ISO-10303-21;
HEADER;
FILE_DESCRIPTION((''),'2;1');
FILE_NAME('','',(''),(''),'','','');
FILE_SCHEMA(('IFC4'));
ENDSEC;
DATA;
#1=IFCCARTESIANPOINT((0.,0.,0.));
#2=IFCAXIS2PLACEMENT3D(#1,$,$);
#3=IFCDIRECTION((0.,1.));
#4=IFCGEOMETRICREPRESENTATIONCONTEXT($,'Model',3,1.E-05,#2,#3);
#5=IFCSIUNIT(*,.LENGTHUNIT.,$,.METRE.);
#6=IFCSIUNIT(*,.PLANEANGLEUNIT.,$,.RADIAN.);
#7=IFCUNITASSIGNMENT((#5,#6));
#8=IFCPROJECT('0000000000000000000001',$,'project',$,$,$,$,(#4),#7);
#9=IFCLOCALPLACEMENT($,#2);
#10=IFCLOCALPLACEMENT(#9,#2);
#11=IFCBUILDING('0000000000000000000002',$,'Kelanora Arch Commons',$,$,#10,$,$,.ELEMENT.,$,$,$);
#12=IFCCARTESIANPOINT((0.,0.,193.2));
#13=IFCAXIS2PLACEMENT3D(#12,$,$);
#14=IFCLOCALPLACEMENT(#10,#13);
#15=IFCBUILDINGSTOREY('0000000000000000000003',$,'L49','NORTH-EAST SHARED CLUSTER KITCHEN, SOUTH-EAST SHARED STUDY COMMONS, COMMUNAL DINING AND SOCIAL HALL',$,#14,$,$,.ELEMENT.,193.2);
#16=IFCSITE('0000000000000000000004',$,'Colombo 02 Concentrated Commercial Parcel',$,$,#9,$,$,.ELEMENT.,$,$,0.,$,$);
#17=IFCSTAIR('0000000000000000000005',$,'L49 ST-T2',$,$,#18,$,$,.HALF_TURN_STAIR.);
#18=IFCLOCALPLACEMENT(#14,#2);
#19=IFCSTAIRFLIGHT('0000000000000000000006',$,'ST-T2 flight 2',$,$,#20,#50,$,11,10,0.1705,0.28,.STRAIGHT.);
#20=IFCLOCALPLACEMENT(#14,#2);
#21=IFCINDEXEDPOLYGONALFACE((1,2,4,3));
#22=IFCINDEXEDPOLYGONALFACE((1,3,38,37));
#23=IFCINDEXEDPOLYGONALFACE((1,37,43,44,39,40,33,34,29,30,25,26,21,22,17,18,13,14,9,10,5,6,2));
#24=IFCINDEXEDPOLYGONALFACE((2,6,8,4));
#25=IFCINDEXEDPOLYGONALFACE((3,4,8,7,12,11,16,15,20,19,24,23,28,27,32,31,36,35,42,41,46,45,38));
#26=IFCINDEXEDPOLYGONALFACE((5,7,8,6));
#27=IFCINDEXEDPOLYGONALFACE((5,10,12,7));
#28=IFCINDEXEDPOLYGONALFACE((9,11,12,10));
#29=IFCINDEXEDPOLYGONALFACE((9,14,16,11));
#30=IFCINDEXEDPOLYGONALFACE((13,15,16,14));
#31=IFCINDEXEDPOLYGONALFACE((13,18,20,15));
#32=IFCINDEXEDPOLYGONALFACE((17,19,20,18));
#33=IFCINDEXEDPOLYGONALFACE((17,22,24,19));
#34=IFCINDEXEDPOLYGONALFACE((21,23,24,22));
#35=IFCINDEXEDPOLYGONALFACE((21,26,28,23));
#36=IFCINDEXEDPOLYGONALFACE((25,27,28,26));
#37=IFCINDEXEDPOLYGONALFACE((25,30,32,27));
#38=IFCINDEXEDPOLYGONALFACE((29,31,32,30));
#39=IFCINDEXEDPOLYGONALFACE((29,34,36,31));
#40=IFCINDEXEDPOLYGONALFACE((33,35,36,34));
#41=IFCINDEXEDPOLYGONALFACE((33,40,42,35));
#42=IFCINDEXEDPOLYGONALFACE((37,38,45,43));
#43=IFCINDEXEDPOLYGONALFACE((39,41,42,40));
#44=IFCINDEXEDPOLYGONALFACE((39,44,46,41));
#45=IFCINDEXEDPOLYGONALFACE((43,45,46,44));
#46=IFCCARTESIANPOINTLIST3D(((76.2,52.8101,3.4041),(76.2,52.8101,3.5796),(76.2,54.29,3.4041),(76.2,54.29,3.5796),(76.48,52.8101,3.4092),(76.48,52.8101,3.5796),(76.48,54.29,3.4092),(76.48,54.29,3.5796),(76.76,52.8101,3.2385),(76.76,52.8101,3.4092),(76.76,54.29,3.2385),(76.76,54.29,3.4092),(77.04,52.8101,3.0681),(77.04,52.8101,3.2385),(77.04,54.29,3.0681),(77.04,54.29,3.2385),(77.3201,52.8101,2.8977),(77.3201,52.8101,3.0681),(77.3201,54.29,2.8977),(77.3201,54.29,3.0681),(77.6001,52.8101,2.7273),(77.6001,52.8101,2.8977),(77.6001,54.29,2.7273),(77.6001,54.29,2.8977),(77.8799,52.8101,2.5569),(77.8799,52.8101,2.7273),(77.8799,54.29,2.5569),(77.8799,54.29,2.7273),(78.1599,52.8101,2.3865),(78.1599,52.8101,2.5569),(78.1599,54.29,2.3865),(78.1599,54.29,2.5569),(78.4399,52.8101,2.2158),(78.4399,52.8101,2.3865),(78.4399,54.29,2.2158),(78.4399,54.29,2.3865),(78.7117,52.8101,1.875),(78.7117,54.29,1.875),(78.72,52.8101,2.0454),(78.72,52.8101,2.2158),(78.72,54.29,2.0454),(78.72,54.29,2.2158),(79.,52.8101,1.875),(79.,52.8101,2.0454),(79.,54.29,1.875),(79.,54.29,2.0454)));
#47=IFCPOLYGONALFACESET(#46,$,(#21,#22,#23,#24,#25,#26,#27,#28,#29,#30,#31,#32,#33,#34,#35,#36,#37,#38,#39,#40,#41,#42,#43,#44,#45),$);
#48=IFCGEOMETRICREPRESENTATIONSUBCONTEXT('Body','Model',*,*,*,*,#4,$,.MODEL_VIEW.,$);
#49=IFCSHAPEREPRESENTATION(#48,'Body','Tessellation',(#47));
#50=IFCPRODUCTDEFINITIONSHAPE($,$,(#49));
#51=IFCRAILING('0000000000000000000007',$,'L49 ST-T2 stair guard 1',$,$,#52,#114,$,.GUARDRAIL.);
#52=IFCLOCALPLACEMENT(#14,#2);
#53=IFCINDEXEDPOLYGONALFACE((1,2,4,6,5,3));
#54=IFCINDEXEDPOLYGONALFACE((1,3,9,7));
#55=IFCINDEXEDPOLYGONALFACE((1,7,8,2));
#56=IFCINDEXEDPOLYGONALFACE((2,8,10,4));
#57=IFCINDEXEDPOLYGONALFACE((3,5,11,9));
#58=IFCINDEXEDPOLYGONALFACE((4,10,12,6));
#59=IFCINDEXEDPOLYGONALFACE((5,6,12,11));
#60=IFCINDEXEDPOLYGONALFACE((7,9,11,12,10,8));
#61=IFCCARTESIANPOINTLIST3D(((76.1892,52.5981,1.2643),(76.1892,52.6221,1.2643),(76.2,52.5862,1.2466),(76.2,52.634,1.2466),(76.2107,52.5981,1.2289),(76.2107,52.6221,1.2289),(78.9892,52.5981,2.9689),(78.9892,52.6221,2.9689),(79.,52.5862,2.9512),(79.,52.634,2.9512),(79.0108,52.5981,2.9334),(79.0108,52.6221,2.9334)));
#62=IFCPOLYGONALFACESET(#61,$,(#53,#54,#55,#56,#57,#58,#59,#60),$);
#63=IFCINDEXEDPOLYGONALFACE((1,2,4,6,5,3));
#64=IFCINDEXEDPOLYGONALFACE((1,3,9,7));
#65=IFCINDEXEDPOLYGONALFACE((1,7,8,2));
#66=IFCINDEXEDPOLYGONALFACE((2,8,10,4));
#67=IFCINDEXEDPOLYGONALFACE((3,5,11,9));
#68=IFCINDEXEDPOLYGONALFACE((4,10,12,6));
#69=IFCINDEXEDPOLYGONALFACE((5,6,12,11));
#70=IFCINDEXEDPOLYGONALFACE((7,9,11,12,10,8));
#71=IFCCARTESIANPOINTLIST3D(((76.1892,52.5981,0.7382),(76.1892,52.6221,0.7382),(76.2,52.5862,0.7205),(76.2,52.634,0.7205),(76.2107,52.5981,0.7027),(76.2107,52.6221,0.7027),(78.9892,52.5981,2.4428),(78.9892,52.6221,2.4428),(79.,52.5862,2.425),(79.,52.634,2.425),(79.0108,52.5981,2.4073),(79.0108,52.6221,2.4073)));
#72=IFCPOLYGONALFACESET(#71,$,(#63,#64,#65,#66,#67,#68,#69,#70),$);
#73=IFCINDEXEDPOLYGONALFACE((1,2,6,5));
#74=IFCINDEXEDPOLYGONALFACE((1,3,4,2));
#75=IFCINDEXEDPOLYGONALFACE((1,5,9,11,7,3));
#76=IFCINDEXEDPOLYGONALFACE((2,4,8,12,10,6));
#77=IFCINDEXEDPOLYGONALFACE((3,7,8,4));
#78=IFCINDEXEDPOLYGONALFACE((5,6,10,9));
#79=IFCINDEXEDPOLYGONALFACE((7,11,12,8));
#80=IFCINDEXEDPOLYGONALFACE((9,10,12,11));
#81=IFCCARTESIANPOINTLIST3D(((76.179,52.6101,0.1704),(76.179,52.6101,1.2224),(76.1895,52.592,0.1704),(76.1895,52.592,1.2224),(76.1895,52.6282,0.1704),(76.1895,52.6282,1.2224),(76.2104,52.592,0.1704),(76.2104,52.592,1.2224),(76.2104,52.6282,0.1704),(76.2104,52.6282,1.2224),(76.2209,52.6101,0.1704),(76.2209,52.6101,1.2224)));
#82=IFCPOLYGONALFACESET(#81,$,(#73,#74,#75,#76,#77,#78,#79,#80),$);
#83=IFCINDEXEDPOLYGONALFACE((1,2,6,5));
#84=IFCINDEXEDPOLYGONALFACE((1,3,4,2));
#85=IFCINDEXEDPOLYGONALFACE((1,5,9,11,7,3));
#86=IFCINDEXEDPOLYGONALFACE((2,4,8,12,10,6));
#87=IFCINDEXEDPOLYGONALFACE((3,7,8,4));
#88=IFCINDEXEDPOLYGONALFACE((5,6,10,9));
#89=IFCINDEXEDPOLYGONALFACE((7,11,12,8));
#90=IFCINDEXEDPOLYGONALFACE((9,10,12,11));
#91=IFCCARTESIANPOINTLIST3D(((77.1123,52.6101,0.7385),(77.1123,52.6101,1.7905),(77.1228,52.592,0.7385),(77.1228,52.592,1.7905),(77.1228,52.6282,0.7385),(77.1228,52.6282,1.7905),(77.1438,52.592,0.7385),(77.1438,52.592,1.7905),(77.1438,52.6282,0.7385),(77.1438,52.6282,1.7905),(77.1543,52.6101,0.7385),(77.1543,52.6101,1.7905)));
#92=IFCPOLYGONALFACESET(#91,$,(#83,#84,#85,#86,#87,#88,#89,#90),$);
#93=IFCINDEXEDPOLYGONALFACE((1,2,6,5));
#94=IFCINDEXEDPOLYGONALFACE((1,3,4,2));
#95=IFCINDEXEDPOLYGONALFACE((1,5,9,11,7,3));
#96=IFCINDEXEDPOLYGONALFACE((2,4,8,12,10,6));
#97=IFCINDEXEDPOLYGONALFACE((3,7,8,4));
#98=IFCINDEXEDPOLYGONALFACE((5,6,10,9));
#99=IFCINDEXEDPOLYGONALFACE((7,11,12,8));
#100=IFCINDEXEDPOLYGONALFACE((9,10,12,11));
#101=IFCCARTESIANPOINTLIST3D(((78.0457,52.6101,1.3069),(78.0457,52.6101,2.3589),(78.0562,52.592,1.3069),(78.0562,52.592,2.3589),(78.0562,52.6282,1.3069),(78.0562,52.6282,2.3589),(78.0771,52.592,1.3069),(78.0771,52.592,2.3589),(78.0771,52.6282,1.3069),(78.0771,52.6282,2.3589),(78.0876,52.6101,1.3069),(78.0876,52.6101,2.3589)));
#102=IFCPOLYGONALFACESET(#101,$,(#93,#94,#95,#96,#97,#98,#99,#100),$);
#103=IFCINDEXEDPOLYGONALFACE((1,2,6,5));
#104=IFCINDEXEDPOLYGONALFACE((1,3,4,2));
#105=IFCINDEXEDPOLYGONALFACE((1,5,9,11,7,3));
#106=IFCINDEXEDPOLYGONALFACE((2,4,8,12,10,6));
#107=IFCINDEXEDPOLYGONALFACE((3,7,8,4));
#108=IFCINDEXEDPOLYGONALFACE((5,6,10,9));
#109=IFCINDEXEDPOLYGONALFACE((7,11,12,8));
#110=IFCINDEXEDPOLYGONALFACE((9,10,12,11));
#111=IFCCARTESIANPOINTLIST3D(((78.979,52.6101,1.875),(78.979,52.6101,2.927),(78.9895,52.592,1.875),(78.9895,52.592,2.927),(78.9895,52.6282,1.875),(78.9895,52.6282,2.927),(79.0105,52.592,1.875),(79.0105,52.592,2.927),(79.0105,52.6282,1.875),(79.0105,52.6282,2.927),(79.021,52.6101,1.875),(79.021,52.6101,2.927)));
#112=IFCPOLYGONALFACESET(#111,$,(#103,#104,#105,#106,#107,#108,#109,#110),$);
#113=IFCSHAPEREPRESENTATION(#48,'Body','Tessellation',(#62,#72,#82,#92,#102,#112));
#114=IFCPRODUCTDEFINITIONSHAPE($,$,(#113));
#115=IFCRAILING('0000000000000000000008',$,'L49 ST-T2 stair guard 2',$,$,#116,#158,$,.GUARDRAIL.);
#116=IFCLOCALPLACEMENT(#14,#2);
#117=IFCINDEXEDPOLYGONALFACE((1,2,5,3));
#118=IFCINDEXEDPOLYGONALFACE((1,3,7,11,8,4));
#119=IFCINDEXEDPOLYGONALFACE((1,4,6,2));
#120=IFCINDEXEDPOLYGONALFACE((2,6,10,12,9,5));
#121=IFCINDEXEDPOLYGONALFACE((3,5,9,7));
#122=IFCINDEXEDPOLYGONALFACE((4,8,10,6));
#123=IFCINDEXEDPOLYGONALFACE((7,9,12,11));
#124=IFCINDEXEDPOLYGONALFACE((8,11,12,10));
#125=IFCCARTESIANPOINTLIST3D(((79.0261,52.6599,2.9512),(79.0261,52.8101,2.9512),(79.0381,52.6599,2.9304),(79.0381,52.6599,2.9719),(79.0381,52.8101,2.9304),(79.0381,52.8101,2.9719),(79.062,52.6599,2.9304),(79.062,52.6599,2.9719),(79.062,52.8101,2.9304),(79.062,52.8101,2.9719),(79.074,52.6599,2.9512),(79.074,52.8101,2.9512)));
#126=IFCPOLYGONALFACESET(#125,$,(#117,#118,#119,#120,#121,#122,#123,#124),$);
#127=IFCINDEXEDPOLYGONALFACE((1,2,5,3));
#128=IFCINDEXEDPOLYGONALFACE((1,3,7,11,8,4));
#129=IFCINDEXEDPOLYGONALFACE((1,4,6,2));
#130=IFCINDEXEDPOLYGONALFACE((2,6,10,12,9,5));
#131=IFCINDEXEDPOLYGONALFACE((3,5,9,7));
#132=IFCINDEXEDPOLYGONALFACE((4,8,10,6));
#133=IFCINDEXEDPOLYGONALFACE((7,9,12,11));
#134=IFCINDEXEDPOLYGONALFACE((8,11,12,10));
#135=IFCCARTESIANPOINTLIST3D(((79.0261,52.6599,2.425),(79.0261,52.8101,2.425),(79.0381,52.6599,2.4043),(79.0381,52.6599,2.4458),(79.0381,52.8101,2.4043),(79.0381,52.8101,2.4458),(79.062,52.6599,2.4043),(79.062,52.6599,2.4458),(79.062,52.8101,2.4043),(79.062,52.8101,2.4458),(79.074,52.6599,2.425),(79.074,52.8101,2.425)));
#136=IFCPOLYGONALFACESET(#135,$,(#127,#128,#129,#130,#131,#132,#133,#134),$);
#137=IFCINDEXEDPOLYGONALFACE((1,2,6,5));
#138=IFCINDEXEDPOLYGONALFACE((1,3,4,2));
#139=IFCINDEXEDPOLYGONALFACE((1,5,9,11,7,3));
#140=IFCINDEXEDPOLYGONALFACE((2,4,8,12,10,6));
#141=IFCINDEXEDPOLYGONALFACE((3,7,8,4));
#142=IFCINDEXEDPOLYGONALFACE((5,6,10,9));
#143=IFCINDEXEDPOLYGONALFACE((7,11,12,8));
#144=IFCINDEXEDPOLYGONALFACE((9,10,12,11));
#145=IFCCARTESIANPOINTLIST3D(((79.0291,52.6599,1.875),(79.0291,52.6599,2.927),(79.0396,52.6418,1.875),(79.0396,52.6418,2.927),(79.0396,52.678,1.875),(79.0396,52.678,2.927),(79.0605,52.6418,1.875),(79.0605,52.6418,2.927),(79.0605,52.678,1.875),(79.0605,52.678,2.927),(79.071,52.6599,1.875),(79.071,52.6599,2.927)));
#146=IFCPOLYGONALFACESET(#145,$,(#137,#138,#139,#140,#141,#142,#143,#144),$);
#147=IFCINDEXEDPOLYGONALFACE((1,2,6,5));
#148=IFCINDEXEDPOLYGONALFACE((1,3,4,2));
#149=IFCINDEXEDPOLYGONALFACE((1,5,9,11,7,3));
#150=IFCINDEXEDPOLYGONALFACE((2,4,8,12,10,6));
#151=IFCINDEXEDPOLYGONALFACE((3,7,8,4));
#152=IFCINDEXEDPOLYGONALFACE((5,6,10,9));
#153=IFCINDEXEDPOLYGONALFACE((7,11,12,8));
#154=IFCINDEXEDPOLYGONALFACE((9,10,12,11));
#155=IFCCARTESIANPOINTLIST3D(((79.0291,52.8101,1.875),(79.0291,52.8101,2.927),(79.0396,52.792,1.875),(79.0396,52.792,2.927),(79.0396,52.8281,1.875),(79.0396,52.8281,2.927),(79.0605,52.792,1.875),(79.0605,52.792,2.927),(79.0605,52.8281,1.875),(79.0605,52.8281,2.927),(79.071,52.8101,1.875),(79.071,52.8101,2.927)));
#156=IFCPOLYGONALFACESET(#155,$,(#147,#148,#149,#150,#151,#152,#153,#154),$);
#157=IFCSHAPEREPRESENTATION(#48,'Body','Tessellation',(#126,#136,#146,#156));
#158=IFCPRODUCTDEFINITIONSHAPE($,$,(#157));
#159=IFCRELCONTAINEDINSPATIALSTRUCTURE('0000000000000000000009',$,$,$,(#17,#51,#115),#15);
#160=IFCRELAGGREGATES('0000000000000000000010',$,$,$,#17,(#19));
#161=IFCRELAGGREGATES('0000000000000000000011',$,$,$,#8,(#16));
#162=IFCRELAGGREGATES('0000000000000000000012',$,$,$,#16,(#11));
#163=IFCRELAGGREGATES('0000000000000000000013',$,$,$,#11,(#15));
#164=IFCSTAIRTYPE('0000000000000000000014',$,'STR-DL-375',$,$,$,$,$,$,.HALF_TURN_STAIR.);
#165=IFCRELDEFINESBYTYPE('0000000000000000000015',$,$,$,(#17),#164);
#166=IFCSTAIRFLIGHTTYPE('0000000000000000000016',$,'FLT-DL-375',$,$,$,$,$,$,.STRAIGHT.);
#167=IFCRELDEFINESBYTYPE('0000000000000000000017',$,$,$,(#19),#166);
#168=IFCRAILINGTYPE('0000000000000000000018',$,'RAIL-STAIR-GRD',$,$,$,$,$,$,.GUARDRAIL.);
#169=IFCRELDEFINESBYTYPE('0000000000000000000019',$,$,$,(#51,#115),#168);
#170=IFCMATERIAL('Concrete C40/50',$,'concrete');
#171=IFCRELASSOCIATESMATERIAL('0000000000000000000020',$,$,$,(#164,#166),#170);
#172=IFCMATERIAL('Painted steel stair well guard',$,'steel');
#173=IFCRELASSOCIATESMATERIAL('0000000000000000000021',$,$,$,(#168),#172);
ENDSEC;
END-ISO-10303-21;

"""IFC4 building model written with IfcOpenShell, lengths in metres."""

from ifc_helpers import new_model, si_unit, direction, frame, origin, place, context, subcontext, project, spatial, polyline, outline, extrude, material, type_object, element, aggregate, save


model = new_model("IFC4")

# Units and contexts
model_context = context("Model", 3, precision=1e-05, world=origin(), true_north=direction((0.0, 1.0)))
body_context = subcontext(model_context, "Body", "Model", "MODEL_VIEW")
ifc_project = project(units=[si_unit("LENGTHUNIT", "METRE"), si_unit("PLANEANGLEUNIT", "RADIAN")], contexts=[model_context])

# Site, building, storey
site_placement = place(None, origin())
site = spatial("IfcSite", under=ifc_project, at=site_placement, Name="Colombo 02 Concentrated Commercial Parcel", CompositionType="ELEMENT", RefElevation=0.0)
building_placement = place(site_placement, origin())
building = spatial("IfcBuilding", under=site, at=building_placement, Name="Kelanora Arch Commons", CompositionType="ELEMENT")
storey_placement = place(building_placement, frame((0.0, 0.0, 193.2)))
storey = spatial("IfcBuildingStorey", under=building, at=storey_placement, Name="L49", Description="NORTH-EAST SHARED CLUSTER KITCHEN, SOUTH-EAST SHARED STUDY COMMONS, COMMUNAL DINING AND SOCIAL HALL", CompositionType="ELEMENT", Elevation=193.2)

# Shared definitions
ifc_material_1 = material(Name="Concrete C40/50", Category="concrete")

# Stair, stair flight
stair_type = type_object("IfcStairType", Name="STR-DL-375", PredefinedType="HALF_TURN_STAIR", material=ifc_material_1)
stair_placement = place(storey_placement, origin())
stair = element("IfcStair", 1, at=stair_placement, inside=storey, type_object=stair_type, Name="L49 ST-T2", PredefinedType="HALF_TURN_STAIR")
stair_flight_type = type_object("IfcStairFlightType", Name="FLT-DL-375", PredefinedType="STRAIGHT", material=ifc_material_1)
stair_flight_1_placement = place(storey_placement, frame((79.0, 53.55, 1.875), z_axis=(0.0, 0.0, 1.0), x_axis=(-1.0, 0.0, 0.0)))
stair_flight_1 = element("IfcStairFlight", 2, at=stair_flight_1_placement, type_object=stair_flight_type, Name="ST-T2 flight 2", NumberOfRisers=11, NumberOfTreads=10, PredefinedType="STRAIGHT", RiserHeight=0.1705, TreadLength=0.28, context=body_context, shape_type="SweptSolid", body=[
    extrude(outline(polyline([(0.0, 0.0), (0.0, 0.1704), (0.28, 0.1704), (0.28, 0.3408), (0.5601, 0.3408), (0.5601, 0.5115), (0.8401, 0.5115), (0.8401, 0.6819), (1.1201, 0.6819), (1.1201, 0.8523), (1.3999, 0.8523), (1.3999, 1.0227), (1.6799, 1.0227), (1.6799, 1.1931), (1.96, 1.1931), (1.96, 1.3635), (2.24, 1.3635), (2.24, 1.5342), (2.52, 1.5342), (2.52, 1.7046), (2.8, 1.7046), (2.8, 1.875), (2.8, 1.5291), (0.2883, 0.0), (0.0, 0.0)])), frame((0.0, 0.74, 0.0), z_axis=(0.0, -1.0, 0.0), x_axis=(1.0, 0.0, 0.0)), (0.0, 0.0, 1.0), 1.48),
])
aggregate(stair, [stair_flight_1])

# Railings
ifc_material_2 = material(Name="Painted steel stair well guard", Category="steel")
railing_type_1 = type_object("IfcRailingType", Name="RAIL-STAIR-GRD", PredefinedType="GUARDRAIL", material=ifc_material_2)
railing_1_placement = place(storey_placement, frame((76.2, 52.6101, 0.1704)))
element("IfcRailing", 3, at=railing_1_placement, inside=storey, type_object=railing_type_1, Name="L49 ST-T2 stair guard 1", PredefinedType="GUARDRAIL", context=body_context, shape_type="SweptSolid", body=[
    extrude(outline(polyline([(0.0239, 0.0), (0.012, 0.0208), (-0.012, 0.0208), (-0.0239, 0.0), (-0.012, -0.0208), (0.012, -0.0208), (0.0239, 0.0)])), frame((0.0, 0.0, 1.0762), z_axis=(0.85417, 0.0, 0.519994), x_axis=(0.0, 1.0, 0.0)), (0.0, 0.0, 1.0), 3.2781),
    extrude(outline(polyline([(0.0239, 0.0), (0.012, 0.0208), (-0.012, 0.0208), (-0.0239, 0.0), (-0.012, -0.0208), (0.012, -0.0208), (0.0239, 0.0)])), frame((0.0, 0.0, 0.55), z_axis=(0.85417, 0.0, 0.519994), x_axis=(0.0, 1.0, 0.0)), (0.0, 0.0, 1.0), 3.2781),
    extrude(outline(polyline([(0.021, 0.0), (0.0105, 0.0181), (-0.0105, 0.0181), (-0.021, 0.0), (-0.0105, -0.0181), (0.0105, -0.0181), (0.021, 0.0)])), origin(), (0.0, 0.0, 1.0), 1.052),
    extrude(outline(polyline([(0.021, 0.0), (0.0105, 0.0181), (-0.0105, 0.0181), (-0.021, 0.0), (-0.0105, -0.0181), (0.0105, -0.0181), (0.021, 0.0)])), frame((0.9333, 0.0, 0.5681)), (0.0, 0.0, 1.0), 1.052),
    extrude(outline(polyline([(0.021, 0.0), (0.0105, 0.0181), (-0.0105, 0.0181), (-0.021, 0.0), (-0.0105, -0.0181), (0.0105, -0.0181), (0.021, 0.0)])), frame((1.8667, 0.0, 1.1365)), (0.0, 0.0, 1.0), 1.052),
    extrude(outline(polyline([(0.021, 0.0), (0.0105, 0.0181), (-0.0105, 0.0181), (-0.021, 0.0), (-0.0105, -0.0181), (0.0105, -0.0181), (0.021, 0.0)])), frame((2.8, 0.0, 1.7046)), (0.0, 0.0, 1.0), 1.052),
])
railing_2_placement = place(storey_placement, frame((79.05, 52.6599, 1.875)))
element("IfcRailing", 4, at=railing_2_placement, inside=storey, type_object=railing_type_1, Name="L49 ST-T2 stair guard 2", PredefinedType="GUARDRAIL", context=body_context, shape_type="SweptSolid", body=[
    extrude(outline(polyline([(0.0239, 0.0), (0.012, 0.0208), (-0.012, 0.0208), (-0.0239, 0.0), (-0.012, -0.0208), (0.012, -0.0208), (0.0239, 0.0)])), frame((0.0, 0.0, 1.0762), z_axis=(0.0, 1.0, 0.0), x_axis=(-1.0, 0.0, 0.0)), (0.0, 0.0, 1.0), 0.1501),
    extrude(outline(polyline([(0.0239, 0.0), (0.012, 0.0208), (-0.012, 0.0208), (-0.0239, 0.0), (-0.012, -0.0208), (0.012, -0.0208), (0.0239, 0.0)])), frame((0.0, 0.0, 0.55), z_axis=(0.0, 1.0, 0.0), x_axis=(-1.0, 0.0, 0.0)), (0.0, 0.0, 1.0), 0.1501),
    extrude(outline(polyline([(0.021, 0.0), (0.0105, 0.0181), (-0.0105, 0.0181), (-0.021, 0.0), (-0.0105, -0.0181), (0.0105, -0.0181), (0.021, 0.0)])), origin(), (0.0, 0.0, 1.0), 1.052),
    extrude(outline(polyline([(0.021, 0.0), (0.0105, 0.0181), (-0.0105, 0.0181), (-0.021, 0.0), (-0.0105, -0.0181), (0.0105, -0.0181), (0.021, 0.0)])), frame((0.0, 0.1501, 0.0)), (0.0, 0.0, 1.0), 1.052),
])

save(model, "model.ifc")
